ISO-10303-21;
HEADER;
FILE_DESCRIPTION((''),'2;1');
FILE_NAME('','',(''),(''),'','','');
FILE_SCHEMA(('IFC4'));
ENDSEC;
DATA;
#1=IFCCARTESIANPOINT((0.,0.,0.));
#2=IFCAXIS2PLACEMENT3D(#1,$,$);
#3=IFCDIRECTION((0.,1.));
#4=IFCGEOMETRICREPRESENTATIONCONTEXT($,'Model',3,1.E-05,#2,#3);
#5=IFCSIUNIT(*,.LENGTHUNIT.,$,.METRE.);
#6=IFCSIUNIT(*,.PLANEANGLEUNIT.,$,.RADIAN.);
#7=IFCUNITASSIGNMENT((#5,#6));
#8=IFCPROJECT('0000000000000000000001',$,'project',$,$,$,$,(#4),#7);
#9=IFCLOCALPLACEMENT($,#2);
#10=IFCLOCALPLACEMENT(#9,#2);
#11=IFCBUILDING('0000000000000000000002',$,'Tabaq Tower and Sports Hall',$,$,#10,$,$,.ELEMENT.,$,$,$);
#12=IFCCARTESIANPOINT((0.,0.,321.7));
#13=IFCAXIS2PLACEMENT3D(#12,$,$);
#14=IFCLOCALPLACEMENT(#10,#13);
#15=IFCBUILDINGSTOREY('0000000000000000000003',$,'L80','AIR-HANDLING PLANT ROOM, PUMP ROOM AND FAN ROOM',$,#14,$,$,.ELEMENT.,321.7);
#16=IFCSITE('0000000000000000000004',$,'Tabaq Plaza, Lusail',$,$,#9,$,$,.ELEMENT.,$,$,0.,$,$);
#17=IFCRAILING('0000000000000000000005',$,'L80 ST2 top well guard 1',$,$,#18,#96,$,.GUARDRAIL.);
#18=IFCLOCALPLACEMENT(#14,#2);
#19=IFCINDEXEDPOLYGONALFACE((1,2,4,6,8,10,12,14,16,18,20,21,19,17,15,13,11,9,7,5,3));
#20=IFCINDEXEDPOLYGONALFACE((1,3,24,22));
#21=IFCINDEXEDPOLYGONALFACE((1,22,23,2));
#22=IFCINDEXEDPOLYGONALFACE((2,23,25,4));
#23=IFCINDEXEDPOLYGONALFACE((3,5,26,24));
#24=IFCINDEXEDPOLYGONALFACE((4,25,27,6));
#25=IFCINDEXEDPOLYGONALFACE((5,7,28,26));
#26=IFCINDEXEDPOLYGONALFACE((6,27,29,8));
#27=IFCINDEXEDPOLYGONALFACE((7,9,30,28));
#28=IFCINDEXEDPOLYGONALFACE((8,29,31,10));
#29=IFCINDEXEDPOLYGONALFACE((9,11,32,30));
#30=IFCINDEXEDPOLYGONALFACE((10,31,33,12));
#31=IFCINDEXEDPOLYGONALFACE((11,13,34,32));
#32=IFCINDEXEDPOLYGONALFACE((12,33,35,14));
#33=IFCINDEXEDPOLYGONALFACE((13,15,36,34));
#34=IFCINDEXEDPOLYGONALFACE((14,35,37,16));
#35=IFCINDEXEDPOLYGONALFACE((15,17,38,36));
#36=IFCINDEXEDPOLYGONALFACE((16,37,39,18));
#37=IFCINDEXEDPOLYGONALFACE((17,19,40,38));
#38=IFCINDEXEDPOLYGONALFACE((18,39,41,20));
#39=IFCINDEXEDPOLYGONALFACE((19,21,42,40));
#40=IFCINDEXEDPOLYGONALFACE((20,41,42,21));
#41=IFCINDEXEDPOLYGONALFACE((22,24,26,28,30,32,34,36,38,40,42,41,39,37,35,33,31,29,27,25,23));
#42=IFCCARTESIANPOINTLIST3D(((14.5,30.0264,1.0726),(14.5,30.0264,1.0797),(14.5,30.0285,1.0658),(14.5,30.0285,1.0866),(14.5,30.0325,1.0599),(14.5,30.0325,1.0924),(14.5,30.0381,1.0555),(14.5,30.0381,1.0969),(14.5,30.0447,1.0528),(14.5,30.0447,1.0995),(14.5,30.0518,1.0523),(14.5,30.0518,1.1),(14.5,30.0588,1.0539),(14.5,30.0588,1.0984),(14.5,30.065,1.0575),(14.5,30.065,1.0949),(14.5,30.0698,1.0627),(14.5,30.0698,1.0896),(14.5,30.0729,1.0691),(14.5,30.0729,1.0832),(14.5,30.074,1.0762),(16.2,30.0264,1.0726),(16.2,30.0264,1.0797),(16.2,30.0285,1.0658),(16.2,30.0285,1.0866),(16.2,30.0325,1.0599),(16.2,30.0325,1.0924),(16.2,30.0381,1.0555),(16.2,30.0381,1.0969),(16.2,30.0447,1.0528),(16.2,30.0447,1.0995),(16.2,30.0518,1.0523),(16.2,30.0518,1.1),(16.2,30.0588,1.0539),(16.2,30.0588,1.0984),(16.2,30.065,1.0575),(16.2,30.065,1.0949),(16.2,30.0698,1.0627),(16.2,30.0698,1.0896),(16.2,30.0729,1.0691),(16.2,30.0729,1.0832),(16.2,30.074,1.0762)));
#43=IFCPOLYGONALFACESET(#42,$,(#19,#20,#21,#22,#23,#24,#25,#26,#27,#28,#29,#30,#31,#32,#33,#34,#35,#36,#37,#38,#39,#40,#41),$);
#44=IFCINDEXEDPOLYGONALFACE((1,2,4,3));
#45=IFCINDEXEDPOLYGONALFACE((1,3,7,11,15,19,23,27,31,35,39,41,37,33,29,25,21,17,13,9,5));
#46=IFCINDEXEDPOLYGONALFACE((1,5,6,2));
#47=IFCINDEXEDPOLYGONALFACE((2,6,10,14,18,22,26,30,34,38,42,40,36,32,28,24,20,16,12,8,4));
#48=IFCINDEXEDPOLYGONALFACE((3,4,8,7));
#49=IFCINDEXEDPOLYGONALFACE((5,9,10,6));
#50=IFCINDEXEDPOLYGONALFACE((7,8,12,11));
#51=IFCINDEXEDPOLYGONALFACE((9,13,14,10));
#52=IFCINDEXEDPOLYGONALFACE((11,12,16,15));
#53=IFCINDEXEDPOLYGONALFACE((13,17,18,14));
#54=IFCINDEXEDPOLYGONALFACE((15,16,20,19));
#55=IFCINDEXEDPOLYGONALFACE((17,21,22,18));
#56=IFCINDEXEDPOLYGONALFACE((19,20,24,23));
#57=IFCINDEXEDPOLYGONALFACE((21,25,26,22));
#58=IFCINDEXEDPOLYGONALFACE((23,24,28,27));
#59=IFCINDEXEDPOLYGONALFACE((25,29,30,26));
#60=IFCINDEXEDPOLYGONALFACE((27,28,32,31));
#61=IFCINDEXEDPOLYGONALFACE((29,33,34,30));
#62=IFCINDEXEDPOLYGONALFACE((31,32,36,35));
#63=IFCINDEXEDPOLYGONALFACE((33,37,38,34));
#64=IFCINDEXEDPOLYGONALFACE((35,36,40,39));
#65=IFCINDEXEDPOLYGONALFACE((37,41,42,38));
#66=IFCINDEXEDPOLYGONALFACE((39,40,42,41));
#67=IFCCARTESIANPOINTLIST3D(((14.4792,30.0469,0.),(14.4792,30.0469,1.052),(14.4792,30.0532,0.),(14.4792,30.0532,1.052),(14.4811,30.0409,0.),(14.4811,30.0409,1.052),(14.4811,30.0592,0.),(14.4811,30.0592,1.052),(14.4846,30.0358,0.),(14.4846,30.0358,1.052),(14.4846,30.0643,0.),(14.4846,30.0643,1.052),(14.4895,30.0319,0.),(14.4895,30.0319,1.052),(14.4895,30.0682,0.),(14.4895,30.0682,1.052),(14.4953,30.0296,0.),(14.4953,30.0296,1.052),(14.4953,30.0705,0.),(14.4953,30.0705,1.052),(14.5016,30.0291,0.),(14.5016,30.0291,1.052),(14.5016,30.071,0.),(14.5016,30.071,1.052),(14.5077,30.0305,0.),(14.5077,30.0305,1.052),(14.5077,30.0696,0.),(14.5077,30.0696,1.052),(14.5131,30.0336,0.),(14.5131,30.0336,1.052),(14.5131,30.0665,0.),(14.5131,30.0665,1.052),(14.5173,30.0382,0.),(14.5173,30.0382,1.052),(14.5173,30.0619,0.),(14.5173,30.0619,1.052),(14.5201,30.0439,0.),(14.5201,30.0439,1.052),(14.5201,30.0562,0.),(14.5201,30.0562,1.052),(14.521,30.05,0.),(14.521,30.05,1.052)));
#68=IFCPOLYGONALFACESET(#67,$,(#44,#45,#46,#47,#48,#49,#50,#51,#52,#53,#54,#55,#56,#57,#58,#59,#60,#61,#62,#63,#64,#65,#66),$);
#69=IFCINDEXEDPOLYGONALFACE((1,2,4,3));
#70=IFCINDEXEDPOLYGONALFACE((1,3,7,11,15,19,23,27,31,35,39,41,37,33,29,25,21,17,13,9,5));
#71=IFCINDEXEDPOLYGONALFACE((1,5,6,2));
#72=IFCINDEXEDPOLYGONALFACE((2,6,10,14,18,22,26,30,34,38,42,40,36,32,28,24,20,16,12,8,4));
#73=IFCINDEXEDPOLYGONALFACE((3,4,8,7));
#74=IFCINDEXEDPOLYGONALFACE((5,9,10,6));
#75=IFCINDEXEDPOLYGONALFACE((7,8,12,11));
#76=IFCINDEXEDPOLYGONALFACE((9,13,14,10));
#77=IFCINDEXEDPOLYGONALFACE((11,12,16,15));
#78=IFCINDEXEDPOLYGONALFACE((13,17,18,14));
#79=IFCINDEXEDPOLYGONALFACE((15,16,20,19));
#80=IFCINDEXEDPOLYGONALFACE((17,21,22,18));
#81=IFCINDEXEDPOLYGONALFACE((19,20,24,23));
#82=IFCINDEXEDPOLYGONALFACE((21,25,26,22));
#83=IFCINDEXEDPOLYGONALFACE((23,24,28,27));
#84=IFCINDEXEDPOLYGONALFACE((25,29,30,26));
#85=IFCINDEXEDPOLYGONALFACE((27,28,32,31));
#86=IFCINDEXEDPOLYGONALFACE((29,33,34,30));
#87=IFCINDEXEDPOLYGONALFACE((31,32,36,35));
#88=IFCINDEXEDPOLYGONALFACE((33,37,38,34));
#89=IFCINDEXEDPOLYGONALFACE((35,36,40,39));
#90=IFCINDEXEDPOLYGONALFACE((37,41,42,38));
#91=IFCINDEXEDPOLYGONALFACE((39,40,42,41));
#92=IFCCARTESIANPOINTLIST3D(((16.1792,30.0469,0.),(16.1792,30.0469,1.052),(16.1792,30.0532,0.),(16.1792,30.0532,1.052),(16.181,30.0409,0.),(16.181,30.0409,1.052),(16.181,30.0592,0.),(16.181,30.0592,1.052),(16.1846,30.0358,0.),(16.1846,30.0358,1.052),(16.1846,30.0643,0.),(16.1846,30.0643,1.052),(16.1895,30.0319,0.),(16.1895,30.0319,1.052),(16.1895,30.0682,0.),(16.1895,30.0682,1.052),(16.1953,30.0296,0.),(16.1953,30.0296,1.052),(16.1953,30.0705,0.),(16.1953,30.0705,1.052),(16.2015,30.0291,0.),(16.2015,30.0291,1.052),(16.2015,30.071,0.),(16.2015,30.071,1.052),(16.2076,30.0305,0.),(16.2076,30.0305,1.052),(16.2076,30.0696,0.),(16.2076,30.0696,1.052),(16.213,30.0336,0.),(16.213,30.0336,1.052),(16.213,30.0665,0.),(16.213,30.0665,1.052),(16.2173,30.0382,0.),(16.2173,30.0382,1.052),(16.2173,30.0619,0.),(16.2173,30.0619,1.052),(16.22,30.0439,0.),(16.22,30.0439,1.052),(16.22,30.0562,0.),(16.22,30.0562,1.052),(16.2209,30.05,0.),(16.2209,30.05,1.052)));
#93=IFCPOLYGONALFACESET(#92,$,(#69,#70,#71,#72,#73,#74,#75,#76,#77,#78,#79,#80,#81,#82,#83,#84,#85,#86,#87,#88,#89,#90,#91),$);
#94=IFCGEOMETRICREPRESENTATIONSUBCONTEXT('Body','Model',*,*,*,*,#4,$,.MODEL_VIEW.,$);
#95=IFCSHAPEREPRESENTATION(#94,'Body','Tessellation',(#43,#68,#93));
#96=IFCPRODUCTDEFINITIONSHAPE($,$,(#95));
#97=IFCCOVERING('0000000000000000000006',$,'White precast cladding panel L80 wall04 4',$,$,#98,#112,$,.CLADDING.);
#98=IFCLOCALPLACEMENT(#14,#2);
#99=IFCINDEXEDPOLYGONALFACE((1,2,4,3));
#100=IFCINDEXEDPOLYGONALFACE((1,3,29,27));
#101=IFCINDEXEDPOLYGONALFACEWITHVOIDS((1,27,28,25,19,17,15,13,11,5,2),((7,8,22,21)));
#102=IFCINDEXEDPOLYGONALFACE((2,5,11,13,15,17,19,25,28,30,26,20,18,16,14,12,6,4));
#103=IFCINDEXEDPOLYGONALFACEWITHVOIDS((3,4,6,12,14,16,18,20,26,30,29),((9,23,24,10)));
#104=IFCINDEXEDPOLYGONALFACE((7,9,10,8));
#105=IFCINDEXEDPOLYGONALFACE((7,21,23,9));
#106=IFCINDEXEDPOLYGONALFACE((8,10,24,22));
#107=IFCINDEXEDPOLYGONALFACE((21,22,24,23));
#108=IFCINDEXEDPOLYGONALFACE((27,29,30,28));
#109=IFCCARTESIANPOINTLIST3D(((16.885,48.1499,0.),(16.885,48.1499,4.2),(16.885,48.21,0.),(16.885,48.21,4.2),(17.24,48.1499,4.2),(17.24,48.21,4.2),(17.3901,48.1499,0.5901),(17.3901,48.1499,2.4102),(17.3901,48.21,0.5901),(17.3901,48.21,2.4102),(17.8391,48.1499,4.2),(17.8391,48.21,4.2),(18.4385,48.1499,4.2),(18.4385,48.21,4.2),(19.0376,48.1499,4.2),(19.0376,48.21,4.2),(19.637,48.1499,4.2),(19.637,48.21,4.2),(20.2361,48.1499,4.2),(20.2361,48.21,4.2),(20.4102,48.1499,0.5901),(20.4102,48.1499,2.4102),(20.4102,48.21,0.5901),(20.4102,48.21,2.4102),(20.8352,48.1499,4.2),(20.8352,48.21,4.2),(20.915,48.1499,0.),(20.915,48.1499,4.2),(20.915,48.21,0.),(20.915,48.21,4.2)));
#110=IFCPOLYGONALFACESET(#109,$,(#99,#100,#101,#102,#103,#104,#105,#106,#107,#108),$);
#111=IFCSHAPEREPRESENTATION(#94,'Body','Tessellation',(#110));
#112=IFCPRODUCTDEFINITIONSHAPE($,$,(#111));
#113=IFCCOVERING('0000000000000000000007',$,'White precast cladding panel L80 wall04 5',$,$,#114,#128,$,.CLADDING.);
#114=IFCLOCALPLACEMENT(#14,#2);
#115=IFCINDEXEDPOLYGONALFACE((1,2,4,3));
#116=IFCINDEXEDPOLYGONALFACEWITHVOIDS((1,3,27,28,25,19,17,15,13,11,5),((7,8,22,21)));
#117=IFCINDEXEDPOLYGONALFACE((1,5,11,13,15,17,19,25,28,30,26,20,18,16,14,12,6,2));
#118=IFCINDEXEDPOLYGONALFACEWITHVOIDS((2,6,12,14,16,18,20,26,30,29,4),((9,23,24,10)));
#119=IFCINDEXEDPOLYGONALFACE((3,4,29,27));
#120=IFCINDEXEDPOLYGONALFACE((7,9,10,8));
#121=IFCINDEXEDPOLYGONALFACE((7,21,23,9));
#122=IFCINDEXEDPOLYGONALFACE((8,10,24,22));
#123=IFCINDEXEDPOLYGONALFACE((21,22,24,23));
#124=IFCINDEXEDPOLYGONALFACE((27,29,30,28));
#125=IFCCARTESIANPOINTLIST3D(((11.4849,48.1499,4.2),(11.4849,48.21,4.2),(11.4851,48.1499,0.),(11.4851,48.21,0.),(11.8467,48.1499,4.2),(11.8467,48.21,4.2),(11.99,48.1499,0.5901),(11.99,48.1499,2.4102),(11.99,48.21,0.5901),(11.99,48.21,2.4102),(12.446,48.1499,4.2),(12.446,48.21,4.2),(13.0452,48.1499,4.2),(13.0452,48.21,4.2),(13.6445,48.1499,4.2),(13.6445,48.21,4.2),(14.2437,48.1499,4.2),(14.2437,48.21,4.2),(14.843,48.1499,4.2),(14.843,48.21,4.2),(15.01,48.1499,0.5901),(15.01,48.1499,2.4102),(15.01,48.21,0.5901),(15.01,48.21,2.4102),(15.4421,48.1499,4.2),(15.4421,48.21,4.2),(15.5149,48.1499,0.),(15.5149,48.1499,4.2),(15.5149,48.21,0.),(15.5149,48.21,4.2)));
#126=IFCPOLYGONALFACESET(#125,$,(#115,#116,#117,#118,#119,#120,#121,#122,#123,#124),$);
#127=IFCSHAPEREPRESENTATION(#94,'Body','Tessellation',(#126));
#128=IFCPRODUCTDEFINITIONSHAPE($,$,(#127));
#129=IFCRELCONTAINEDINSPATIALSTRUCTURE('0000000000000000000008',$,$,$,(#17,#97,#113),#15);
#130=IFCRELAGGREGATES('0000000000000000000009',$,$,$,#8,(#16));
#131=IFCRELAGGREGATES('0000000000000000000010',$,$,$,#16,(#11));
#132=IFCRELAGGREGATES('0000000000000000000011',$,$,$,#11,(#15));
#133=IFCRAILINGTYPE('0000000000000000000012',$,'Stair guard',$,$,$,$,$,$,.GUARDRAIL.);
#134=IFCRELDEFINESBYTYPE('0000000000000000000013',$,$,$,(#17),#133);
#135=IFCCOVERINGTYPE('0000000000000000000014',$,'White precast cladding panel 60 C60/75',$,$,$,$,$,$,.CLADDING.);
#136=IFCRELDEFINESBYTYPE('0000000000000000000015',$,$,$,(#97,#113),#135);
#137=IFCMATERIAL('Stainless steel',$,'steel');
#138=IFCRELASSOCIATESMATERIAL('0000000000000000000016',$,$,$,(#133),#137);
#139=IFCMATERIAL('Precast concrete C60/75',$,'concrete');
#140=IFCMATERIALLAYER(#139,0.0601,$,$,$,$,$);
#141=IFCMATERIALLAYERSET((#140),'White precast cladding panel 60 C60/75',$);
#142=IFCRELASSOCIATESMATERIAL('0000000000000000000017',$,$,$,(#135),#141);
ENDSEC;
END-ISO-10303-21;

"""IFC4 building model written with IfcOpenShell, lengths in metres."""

from ifc_helpers import new_model, si_unit, direction, frame, origin, origin_2d, place, context, subcontext, project, spatial, polyline, circle, outline, extrude, material, layer, layer_set, type_object, element, save


model = new_model("IFC4")

# Units and contexts
model_context = context("Model", 3, precision=1e-05, world=origin(), true_north=direction((0.0, 1.0)))
body_context = subcontext(model_context, "Body", "Model", "MODEL_VIEW")
ifc_project = project(units=[si_unit("LENGTHUNIT", "METRE"), si_unit("PLANEANGLEUNIT", "RADIAN")], contexts=[model_context])

# Site, building, storey
site_placement = place(None, origin())
site = spatial("IfcSite", under=ifc_project, at=site_placement, Name="Tabaq Plaza, Lusail", CompositionType="ELEMENT", RefElevation=0.0)
building_placement = place(site_placement, origin())
building = spatial("IfcBuilding", under=site, at=building_placement, Name="Tabaq Tower and Sports Hall", CompositionType="ELEMENT")
storey_placement = place(building_placement, frame((0.0, 0.0, 321.7)))
storey = spatial("IfcBuildingStorey", under=building, at=storey_placement, Name="L80", Description="AIR-HANDLING PLANT ROOM, PUMP ROOM AND FAN ROOM", CompositionType="ELEMENT", Elevation=321.7)

# Railing
ifc_material_1 = material(Name="Stainless steel", Category="steel")
railing_type = type_object("IfcRailingType", Name="Stair guard", PredefinedType="GUARDRAIL", material=ifc_material_1)
railing_placement = place(storey_placement, frame((14.5, 30.05, 0.0)))
element("IfcRailing", 1, at=railing_placement, inside=storey, type_object=railing_type, Name="L80 ST2 top well guard 1", PredefinedType="GUARDRAIL", context=body_context, shape_type="SweptSolid", body=[
    extrude(circle(Radius=0.0239, at=origin_2d()), frame((0.0, 0.0, 1.0762), z_axis=(1.0, 0.0, 0.0), x_axis=(0.0, 1.0, 0.0)), (0.0, 0.0, 1.0), 1.7),
    extrude(circle(Radius=0.021, at=origin_2d()), origin(), (0.0, 0.0, 1.0), 1.052),
    extrude(circle(Radius=0.021, at=origin_2d()), frame((1.7, 0.0, 0.0)), (0.0, 0.0, 1.0), 1.052),
])

# Coverings
ifc_material_2 = material(Name="Precast concrete C60/75", Category="concrete")
ifc_layer_1 = layer(ifc_material_2, 0.0601)
ifc_layer_set_1 = layer_set([ifc_layer_1], Name="White precast cladding panel 60 C60/75")
covering_type_1 = type_object("IfcCoveringType", Name="White precast cladding panel 60 C60/75", PredefinedType="CLADDING", material=ifc_layer_set_1)
covering_1_placement = place(storey_placement, frame((20.915, 48.1799, 0.0), z_axis=(0.0, 0.0, 1.0), x_axis=(-1.0, 0.0, 0.0)))
element("IfcCovering", 2, at=covering_1_placement, inside=storey, type_object=covering_type_1, Name="White precast cladding panel L80 wall04 4", PredefinedType="CLADDING", context=body_context, shape_type="SweptSolid", body=[
    extrude(outline(polyline([(0.0, 0.0), (4.03, 0.0), (4.03, 4.2), (3.675, 4.2), (3.0759, 4.2), (2.4766, 4.2), (1.8774, 4.2), (1.2781, 4.2), (0.679, 4.2), (0.0798, 4.2), (0.0, 4.2), (0.0, 0.0)]), holes=[polyline([(0.5049, 0.5901), (0.5049, 2.4102), (3.5249, 2.4102), (3.5249, 0.5901), (0.5049, 0.5901)])]), frame((0.0, 0.03, 0.0), z_axis=(0.0, -1.0, 0.0), x_axis=(1.0, 0.0, 0.0)), (0.0, 0.0, 1.0), 0.0601),
])
covering_2_placement = place(storey_placement, frame((15.5149, 48.1799, 0.0), z_axis=(0.0, 0.0, 1.0), x_axis=(-1.0, 0.0, 0.0)))
element("IfcCovering", 3, at=covering_2_placement, inside=storey, type_object=covering_type_1, Name="White precast cladding panel L80 wall04 5", PredefinedType="CLADDING", context=body_context, shape_type="SweptSolid", body=[
    extrude(outline(polyline([(0.0, 0.0), (4.0298, 0.0), (4.03, 4.2), (3.6682, 4.2), (3.0688, 4.2), (2.4697, 4.2), (1.8704, 4.2), (1.2712, 4.2), (0.6719, 4.2), (0.0728, 4.2), (0.0, 4.2), (0.0, 0.0)]), holes=[polyline([(0.5049, 0.5901), (0.5049, 2.4102), (3.5249, 2.4102), (3.5249, 0.5901), (0.5049, 0.5901)])]), frame((0.0, 0.03, 0.0), z_axis=(0.0, -1.0, 0.0), x_axis=(1.0, 0.0, 0.0)), (0.0, 0.0, 1.0), 0.0601),
])

save(model, "model.ifc")
